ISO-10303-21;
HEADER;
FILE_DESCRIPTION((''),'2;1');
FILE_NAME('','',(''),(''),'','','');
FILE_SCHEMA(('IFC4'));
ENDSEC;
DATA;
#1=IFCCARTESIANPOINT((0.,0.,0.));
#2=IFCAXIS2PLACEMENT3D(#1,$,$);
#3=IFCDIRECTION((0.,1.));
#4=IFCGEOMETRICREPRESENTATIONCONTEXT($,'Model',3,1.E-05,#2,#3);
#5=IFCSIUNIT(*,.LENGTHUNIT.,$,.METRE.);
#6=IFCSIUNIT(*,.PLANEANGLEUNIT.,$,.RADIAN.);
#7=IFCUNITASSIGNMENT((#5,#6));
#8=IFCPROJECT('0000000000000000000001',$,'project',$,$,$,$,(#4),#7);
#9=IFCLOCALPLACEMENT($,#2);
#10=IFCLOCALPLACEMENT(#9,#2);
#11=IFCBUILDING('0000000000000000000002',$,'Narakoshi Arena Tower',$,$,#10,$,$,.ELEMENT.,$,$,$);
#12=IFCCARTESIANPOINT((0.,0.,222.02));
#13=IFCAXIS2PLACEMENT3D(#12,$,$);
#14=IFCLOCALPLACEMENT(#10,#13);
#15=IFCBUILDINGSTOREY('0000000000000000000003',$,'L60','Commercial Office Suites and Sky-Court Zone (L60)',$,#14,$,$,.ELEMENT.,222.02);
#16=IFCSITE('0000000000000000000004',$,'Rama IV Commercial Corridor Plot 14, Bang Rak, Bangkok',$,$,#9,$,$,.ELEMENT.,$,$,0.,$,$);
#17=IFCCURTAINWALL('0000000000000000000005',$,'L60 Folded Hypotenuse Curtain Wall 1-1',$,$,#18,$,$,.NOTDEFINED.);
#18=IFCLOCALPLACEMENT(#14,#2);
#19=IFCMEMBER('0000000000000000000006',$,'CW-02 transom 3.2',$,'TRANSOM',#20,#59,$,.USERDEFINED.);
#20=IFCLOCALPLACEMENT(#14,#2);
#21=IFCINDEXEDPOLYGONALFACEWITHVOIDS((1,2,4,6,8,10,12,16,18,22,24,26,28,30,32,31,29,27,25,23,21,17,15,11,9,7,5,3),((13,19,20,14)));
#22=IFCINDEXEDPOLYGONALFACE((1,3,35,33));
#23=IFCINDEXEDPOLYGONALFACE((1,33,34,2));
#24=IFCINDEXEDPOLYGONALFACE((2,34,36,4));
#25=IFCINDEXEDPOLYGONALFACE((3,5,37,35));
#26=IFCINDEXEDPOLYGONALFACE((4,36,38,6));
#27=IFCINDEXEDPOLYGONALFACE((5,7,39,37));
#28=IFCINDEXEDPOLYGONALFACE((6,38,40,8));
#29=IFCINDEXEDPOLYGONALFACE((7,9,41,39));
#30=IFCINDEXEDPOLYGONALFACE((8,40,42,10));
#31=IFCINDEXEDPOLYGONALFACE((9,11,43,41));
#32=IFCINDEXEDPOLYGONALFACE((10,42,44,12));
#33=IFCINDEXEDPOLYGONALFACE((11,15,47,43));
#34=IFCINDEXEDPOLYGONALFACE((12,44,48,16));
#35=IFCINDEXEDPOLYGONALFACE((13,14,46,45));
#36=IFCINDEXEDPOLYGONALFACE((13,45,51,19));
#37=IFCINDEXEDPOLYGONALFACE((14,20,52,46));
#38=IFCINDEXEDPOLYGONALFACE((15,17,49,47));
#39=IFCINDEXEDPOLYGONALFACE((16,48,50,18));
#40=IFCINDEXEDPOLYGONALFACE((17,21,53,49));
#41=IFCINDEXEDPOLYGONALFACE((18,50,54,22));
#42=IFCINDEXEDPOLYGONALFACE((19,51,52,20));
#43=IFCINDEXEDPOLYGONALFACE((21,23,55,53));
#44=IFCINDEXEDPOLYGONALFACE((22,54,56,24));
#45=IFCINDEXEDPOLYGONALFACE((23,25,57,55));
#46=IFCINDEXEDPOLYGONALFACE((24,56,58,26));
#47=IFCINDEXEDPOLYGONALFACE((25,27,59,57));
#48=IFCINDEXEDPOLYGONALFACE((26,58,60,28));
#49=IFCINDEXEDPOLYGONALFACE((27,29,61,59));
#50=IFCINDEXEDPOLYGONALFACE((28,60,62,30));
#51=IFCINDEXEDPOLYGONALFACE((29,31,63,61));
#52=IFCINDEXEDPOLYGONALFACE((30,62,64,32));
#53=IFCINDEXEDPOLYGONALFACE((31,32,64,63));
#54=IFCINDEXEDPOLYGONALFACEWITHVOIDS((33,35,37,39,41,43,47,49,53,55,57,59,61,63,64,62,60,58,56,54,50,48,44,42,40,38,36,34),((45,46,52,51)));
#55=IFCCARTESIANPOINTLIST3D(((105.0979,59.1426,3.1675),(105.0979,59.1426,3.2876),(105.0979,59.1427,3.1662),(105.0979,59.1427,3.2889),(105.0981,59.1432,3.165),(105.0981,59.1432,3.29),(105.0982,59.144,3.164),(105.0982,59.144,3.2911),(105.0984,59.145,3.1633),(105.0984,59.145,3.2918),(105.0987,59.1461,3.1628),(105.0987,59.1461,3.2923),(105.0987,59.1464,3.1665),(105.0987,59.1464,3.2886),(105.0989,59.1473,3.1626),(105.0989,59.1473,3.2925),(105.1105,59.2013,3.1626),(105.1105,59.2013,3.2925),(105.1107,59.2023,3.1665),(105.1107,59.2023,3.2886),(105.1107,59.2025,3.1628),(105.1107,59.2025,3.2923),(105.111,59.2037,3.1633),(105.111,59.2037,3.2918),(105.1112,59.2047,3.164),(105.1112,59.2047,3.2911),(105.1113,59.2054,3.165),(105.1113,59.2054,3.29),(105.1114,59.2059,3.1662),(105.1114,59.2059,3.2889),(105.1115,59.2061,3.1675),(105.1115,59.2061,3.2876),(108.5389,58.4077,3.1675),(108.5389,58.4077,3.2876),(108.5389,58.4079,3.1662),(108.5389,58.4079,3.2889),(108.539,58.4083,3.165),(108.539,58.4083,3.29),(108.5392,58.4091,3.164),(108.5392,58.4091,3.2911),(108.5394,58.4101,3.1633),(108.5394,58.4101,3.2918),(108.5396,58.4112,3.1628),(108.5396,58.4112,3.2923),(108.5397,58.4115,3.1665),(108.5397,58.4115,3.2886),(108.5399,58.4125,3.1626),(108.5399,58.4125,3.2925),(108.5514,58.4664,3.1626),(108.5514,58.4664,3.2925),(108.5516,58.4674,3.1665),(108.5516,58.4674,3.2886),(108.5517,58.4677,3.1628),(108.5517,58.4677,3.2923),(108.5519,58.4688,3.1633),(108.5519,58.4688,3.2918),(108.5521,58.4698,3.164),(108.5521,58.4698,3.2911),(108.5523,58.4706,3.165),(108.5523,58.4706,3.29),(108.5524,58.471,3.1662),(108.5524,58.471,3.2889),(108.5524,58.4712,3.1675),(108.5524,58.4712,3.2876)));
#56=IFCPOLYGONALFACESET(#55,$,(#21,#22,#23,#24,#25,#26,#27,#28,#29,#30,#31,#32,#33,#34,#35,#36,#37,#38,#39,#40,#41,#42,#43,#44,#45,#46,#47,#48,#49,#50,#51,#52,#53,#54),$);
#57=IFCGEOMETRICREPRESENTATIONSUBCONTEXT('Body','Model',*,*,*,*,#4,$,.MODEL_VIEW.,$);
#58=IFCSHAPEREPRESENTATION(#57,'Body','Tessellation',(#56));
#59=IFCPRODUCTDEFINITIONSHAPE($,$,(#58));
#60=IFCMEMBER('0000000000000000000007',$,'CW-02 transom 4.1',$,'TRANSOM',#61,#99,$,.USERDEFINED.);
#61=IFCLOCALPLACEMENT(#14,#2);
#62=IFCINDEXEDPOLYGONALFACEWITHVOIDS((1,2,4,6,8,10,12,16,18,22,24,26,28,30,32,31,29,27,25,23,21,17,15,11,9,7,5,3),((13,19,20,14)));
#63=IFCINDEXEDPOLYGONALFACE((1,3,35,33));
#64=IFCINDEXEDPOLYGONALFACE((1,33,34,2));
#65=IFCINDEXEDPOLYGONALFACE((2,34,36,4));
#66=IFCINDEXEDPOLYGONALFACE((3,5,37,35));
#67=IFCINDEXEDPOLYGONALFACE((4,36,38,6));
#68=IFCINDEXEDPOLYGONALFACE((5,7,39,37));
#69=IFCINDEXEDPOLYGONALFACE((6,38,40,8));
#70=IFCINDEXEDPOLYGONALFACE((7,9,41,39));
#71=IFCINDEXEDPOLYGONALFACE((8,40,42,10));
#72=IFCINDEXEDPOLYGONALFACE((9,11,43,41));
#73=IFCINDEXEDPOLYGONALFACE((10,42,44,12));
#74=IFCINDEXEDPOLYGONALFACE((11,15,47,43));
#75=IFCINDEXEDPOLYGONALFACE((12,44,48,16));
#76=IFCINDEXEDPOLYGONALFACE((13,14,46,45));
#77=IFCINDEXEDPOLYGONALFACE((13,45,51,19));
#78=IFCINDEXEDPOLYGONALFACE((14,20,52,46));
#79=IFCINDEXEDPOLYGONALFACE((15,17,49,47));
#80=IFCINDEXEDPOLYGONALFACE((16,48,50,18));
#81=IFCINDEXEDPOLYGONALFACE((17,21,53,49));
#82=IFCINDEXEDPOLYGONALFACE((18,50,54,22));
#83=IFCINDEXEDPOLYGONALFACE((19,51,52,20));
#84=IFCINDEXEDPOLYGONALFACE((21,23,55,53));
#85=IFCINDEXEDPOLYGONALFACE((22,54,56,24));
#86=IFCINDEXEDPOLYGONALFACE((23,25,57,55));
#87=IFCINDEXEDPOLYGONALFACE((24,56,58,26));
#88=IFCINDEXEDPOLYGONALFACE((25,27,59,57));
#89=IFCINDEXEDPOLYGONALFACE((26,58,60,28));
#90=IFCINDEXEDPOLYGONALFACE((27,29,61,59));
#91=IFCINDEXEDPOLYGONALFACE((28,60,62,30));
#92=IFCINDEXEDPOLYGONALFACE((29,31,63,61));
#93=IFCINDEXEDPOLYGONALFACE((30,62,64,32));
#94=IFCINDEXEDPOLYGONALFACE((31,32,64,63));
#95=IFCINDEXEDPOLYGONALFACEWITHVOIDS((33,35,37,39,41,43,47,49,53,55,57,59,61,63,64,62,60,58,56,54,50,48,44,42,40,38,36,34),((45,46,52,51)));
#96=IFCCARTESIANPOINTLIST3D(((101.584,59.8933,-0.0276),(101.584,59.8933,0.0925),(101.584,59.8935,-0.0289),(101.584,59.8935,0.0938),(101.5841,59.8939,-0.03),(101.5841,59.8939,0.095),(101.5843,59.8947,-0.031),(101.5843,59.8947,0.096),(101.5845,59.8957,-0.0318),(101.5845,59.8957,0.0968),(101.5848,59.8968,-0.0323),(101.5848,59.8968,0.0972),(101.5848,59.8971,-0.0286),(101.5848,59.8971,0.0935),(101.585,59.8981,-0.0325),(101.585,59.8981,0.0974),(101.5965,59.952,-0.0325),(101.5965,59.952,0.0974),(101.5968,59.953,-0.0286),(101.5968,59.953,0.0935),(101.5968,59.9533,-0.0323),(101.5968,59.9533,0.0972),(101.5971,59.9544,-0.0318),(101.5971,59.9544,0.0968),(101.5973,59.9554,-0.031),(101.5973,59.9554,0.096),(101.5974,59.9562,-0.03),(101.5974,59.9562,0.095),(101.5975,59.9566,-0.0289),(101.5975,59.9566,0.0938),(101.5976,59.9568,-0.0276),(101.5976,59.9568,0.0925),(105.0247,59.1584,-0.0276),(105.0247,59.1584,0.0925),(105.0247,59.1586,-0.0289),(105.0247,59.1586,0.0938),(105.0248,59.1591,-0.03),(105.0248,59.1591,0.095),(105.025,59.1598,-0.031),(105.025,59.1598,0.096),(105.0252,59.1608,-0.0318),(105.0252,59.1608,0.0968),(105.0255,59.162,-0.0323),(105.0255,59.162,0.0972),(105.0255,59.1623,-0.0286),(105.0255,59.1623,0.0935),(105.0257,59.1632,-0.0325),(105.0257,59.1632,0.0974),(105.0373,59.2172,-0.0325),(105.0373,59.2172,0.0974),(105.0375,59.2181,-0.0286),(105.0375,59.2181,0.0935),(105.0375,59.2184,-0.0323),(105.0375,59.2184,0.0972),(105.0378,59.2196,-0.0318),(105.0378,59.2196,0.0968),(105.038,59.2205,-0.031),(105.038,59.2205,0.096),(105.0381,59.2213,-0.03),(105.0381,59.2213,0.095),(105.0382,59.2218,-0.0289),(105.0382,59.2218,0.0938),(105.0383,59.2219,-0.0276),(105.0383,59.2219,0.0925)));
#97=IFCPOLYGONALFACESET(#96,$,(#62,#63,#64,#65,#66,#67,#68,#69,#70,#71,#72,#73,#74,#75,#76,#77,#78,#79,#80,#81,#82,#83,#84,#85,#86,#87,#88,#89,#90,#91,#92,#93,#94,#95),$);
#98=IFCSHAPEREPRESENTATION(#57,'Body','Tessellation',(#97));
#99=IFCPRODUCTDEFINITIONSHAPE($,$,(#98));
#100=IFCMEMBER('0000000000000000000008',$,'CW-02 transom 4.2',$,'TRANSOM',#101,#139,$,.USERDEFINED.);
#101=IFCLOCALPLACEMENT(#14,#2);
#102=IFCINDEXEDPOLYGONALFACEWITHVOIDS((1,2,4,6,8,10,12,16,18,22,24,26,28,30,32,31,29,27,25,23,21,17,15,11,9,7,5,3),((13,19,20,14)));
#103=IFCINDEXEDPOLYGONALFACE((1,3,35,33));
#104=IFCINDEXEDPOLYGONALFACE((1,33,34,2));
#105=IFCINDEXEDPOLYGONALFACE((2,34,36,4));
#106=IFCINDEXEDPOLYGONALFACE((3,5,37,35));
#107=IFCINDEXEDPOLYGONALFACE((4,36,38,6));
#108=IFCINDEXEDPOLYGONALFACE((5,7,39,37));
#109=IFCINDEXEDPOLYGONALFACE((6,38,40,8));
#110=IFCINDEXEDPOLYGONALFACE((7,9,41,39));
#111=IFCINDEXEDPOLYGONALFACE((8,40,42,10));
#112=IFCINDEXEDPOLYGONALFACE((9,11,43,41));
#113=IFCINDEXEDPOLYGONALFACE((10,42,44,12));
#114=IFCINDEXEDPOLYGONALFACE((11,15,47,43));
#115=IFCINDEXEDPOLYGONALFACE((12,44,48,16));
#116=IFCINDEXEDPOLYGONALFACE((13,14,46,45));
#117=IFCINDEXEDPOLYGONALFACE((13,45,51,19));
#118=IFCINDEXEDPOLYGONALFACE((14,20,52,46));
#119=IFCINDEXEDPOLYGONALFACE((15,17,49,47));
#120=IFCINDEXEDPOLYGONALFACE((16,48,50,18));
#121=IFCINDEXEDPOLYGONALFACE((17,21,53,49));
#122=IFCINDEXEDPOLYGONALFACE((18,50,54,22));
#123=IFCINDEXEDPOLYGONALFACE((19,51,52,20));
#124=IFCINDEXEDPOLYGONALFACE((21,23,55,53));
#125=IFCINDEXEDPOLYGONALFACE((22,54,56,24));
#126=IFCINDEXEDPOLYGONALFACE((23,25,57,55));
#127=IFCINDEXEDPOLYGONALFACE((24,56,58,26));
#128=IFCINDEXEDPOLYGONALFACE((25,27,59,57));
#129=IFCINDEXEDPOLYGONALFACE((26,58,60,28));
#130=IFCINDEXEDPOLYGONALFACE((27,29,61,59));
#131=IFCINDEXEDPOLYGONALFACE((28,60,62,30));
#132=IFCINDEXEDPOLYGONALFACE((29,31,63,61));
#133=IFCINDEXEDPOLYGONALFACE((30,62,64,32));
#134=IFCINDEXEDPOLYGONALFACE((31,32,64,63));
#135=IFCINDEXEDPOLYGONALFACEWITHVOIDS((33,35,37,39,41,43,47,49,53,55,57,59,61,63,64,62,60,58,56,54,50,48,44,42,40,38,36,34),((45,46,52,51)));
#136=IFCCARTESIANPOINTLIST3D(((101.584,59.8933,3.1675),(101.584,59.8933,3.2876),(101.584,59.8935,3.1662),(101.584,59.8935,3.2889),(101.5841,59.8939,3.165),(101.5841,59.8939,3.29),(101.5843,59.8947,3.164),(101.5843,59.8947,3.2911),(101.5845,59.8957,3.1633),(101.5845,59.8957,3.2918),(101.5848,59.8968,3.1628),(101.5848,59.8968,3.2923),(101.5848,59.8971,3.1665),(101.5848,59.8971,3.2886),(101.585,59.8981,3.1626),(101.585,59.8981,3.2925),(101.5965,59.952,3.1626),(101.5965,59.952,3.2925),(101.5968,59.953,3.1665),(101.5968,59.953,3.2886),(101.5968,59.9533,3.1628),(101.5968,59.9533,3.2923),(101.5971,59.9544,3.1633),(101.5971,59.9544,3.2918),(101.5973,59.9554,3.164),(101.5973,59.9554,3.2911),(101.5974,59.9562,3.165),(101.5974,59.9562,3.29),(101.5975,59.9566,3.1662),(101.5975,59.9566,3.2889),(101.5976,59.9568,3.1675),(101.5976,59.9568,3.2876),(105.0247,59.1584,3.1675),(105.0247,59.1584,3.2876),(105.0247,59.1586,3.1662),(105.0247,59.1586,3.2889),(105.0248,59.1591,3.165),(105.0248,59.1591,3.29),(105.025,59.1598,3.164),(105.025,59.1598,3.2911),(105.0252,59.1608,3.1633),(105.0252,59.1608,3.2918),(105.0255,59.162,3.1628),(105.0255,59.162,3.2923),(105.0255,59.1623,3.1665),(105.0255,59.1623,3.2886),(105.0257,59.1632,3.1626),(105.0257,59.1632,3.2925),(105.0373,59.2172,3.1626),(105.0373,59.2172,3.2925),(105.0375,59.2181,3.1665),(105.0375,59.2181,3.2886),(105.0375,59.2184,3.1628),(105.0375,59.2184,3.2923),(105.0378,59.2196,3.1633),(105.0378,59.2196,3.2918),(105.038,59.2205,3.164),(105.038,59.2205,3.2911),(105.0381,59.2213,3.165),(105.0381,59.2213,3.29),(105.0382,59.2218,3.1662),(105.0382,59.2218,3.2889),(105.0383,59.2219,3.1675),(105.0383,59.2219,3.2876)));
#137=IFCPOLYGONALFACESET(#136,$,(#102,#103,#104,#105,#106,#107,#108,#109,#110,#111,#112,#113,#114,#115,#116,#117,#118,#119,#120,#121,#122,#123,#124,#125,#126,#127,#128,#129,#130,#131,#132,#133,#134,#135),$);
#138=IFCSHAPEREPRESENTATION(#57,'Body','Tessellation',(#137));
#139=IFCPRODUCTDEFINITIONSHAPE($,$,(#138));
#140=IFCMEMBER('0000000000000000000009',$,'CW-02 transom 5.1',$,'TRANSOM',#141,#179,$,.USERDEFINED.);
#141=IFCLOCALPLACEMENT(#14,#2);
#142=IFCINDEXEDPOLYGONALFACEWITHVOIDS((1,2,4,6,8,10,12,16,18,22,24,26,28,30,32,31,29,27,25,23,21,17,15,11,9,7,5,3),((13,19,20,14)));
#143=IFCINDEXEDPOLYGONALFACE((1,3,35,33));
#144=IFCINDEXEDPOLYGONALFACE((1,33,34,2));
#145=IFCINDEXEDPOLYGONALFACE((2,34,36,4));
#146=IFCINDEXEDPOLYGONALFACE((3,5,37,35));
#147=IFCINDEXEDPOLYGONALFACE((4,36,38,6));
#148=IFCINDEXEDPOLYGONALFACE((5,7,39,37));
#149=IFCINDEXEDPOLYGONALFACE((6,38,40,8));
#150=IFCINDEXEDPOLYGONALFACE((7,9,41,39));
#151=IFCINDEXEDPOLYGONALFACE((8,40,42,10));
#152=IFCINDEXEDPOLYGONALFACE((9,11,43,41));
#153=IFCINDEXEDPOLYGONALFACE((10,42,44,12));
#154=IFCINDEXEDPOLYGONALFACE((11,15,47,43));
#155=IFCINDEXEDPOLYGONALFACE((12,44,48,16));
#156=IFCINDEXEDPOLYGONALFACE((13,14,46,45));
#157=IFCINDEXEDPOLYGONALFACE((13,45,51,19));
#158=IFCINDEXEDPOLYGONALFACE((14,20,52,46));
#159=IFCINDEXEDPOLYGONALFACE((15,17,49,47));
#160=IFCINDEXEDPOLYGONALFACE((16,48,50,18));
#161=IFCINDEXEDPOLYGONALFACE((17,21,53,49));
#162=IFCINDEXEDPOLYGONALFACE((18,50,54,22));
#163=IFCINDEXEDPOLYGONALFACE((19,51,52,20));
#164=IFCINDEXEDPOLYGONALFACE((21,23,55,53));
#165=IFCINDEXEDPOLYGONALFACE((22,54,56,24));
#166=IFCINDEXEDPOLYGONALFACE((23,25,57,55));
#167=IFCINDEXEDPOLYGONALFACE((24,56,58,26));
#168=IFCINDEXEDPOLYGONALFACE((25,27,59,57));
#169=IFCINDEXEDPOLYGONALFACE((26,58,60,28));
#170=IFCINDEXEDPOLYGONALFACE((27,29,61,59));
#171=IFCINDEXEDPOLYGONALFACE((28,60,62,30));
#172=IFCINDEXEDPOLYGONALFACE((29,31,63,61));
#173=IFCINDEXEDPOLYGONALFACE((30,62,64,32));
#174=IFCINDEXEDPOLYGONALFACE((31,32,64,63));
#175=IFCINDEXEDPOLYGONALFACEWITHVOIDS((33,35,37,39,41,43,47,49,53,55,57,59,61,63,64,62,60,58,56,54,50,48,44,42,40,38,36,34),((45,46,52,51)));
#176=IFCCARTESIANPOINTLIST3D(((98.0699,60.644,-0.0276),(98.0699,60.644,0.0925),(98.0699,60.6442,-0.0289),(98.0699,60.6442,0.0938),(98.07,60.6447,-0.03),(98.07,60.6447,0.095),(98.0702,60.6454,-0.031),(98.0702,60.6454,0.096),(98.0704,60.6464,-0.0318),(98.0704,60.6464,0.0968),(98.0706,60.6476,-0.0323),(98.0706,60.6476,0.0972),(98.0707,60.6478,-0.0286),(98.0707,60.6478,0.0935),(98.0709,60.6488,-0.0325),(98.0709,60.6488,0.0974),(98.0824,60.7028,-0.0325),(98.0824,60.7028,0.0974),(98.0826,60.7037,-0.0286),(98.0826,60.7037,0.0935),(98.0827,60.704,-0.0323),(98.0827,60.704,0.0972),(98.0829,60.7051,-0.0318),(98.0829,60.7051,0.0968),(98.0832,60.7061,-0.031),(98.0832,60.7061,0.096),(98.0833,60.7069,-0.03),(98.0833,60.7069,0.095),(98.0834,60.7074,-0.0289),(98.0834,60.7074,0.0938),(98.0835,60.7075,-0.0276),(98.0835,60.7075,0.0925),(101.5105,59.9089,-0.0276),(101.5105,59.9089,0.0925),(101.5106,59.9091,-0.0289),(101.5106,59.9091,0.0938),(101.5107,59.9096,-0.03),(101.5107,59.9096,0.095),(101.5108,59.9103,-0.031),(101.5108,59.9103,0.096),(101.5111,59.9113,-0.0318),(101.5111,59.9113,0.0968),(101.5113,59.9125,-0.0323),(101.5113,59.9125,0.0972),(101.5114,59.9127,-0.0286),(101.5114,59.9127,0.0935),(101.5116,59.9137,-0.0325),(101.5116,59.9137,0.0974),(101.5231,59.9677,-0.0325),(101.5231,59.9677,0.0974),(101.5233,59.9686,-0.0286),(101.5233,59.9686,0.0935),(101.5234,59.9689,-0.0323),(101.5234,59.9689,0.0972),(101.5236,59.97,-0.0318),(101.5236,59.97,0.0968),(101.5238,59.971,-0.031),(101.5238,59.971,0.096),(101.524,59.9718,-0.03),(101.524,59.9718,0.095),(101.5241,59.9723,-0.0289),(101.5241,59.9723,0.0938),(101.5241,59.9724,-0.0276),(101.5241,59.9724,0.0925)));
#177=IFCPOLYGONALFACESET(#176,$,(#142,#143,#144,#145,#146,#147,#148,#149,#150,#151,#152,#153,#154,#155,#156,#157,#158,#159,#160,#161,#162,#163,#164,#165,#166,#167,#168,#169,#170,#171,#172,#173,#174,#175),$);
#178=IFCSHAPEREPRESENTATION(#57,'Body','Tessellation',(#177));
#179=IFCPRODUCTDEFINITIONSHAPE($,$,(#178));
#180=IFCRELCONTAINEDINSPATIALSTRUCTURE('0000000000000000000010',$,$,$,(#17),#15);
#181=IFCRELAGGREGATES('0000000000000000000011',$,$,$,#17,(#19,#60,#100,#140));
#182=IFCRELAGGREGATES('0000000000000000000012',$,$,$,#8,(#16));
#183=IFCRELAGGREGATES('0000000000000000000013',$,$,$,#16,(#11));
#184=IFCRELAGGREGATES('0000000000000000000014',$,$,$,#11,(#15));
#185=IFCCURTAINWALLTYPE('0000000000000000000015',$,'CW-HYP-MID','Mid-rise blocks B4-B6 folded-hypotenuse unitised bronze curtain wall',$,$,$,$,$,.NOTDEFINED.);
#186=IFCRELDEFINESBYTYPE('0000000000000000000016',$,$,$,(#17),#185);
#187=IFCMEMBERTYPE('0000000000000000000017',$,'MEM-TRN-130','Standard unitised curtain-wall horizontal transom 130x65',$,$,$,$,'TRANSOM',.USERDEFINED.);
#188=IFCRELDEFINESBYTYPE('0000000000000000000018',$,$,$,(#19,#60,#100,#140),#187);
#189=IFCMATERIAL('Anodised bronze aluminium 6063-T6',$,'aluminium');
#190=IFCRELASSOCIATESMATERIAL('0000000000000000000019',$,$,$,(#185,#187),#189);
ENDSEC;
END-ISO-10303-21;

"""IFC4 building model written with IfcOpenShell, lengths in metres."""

from ifc_helpers import new_model, si_unit, direction, frame, origin, origin_2d, place, context, subcontext, project, spatial, hollow_rectangle, extrude, material, material_profile, profile_set, type_object, element, aggregate, save


model = new_model("IFC4")

# Units and contexts
model_context = context("Model", 3, precision=1e-05, world=origin(), true_north=direction((0.0, 1.0)))
body_context = subcontext(model_context, "Body", "Model", "MODEL_VIEW")
ifc_project = project(units=[si_unit("LENGTHUNIT", "METRE"), si_unit("PLANEANGLEUNIT", "RADIAN")], contexts=[model_context])

# Site, building, storey
site_placement = place(None, origin())
site = spatial("IfcSite", under=ifc_project, at=site_placement, Name="Rama IV Commercial Corridor Plot 14, Bang Rak, Bangkok", CompositionType="ELEMENT", RefElevation=0.0)
building_placement = place(site_placement, origin())
building = spatial("IfcBuilding", under=site, at=building_placement, Name="Narakoshi Arena Tower", CompositionType="ELEMENT")
storey_placement = place(building_placement, frame((0.0, 0.0, 222.02)))
storey = spatial("IfcBuildingStorey", under=building, at=storey_placement, Name="L60", Description="Commercial Office Suites and Sky-Court Zone (L60)", CompositionType="ELEMENT", Elevation=222.02)

# Curtain wall, members
ifc_material_1 = material(Name="Anodised bronze aluminium 6063-T6", Category="aluminium")
curtain_wall_type = type_object("IfcCurtainWallType", Name="CW-HYP-MID", Description="Mid-rise blocks B4-B6 folded-hypotenuse unitised bronze curtain wall", PredefinedType="NOTDEFINED", material=ifc_material_1)
curtain_wall_placement = place(storey_placement, origin())
curtain_wall = element("IfcCurtainWall", 1, at=curtain_wall_placement, inside=storey, type_object=curtain_wall_type, Name="L60 Folded Hypotenuse Curtain Wall 1-1", PredefinedType="NOTDEFINED")
ifc_material_profile_1 = material_profile(ifc_material_1, hollow_rectangle(XDim=0.0649, YDim=0.1299, WallThickness=0.0039, OuterFilletRadius=0.0049, at=origin_2d()), Name="TRN130x65x4")
ifc_profile_set_1 = profile_set([ifc_material_profile_1], Name="Anodised bronze aluminium 6063-T6")
member_type_1 = type_object("IfcMemberType", Name="MEM-TRN-130", Description="Standard unitised curtain-wall horizontal transom 130x65", ElementType="TRANSOM", PredefinedType="USERDEFINED", material=ifc_profile_set_1)
member_1_placement = place(storey_placement, frame((108.5457, 58.4395, 3.2275), z_axis=(-0.977946, 0.208856, 0.0), x_axis=(-0.208856, -0.977946, 0.0)))
member_1 = element("IfcMember", 2, at=member_1_placement, type_object=member_type_1, Name="CW-02 transom 3.2", ObjectType="TRANSOM", PredefinedType="USERDEFINED", context=body_context, shape_type="SweptSolid", body=[
    extrude(hollow_rectangle(XDim=0.0649, YDim=0.1299, WallThickness=0.0039, OuterFilletRadius=0.0049, at=origin_2d()), origin(), (0.0, 0.0, 1.0), 3.5186),
])
member_2_placement = place(storey_placement, frame((105.0315, 59.1902, 0.0325), z_axis=(-0.977943, 0.20887, 0.0), x_axis=(-0.20887, -0.977943, 0.0)))
member_2 = element("IfcMember", 3, at=member_2_placement, type_object=member_type_1, Name="CW-02 transom 4.1", ObjectType="TRANSOM", PredefinedType="USERDEFINED", context=body_context, shape_type="SweptSolid", body=[
    extrude(hollow_rectangle(XDim=0.0649, YDim=0.1299, WallThickness=0.0039, OuterFilletRadius=0.0049, at=origin_2d()), origin(), (0.0, 0.0, 1.0), 3.5183),
])
member_3_placement = place(storey_placement, frame((105.0315, 59.1902, 3.2275), z_axis=(-0.977943, 0.20887, 0.0), x_axis=(-0.20887, -0.977943, 0.0)))
member_3 = element("IfcMember", 4, at=member_3_placement, type_object=member_type_1, Name="CW-02 transom 4.2", ObjectType="TRANSOM", PredefinedType="USERDEFINED", context=body_context, shape_type="SweptSolid", body=[
    extrude(hollow_rectangle(XDim=0.0649, YDim=0.1299, WallThickness=0.0039, OuterFilletRadius=0.0049, at=origin_2d()), origin(), (0.0, 0.0, 1.0), 3.5183),
])
member_4_placement = place(storey_placement, frame((101.5173, 59.9407, 0.0325), z_axis=(-0.977929, 0.208937, 0.0), x_axis=(-0.208937, -0.977929, 0.0)))
member_4 = element("IfcMember", 5, at=member_4_placement, type_object=member_type_1, Name="CW-02 transom 5.1", ObjectType="TRANSOM", PredefinedType="USERDEFINED", context=body_context, shape_type="SweptSolid", body=[
    extrude(hollow_rectangle(XDim=0.0649, YDim=0.1299, WallThickness=0.0039, OuterFilletRadius=0.0049, at=origin_2d()), origin(), (0.0, 0.0, 1.0), 3.5183),
])
aggregate(curtain_wall, [member_1, member_2, member_3, member_4])

save(model, "model.ifc")
